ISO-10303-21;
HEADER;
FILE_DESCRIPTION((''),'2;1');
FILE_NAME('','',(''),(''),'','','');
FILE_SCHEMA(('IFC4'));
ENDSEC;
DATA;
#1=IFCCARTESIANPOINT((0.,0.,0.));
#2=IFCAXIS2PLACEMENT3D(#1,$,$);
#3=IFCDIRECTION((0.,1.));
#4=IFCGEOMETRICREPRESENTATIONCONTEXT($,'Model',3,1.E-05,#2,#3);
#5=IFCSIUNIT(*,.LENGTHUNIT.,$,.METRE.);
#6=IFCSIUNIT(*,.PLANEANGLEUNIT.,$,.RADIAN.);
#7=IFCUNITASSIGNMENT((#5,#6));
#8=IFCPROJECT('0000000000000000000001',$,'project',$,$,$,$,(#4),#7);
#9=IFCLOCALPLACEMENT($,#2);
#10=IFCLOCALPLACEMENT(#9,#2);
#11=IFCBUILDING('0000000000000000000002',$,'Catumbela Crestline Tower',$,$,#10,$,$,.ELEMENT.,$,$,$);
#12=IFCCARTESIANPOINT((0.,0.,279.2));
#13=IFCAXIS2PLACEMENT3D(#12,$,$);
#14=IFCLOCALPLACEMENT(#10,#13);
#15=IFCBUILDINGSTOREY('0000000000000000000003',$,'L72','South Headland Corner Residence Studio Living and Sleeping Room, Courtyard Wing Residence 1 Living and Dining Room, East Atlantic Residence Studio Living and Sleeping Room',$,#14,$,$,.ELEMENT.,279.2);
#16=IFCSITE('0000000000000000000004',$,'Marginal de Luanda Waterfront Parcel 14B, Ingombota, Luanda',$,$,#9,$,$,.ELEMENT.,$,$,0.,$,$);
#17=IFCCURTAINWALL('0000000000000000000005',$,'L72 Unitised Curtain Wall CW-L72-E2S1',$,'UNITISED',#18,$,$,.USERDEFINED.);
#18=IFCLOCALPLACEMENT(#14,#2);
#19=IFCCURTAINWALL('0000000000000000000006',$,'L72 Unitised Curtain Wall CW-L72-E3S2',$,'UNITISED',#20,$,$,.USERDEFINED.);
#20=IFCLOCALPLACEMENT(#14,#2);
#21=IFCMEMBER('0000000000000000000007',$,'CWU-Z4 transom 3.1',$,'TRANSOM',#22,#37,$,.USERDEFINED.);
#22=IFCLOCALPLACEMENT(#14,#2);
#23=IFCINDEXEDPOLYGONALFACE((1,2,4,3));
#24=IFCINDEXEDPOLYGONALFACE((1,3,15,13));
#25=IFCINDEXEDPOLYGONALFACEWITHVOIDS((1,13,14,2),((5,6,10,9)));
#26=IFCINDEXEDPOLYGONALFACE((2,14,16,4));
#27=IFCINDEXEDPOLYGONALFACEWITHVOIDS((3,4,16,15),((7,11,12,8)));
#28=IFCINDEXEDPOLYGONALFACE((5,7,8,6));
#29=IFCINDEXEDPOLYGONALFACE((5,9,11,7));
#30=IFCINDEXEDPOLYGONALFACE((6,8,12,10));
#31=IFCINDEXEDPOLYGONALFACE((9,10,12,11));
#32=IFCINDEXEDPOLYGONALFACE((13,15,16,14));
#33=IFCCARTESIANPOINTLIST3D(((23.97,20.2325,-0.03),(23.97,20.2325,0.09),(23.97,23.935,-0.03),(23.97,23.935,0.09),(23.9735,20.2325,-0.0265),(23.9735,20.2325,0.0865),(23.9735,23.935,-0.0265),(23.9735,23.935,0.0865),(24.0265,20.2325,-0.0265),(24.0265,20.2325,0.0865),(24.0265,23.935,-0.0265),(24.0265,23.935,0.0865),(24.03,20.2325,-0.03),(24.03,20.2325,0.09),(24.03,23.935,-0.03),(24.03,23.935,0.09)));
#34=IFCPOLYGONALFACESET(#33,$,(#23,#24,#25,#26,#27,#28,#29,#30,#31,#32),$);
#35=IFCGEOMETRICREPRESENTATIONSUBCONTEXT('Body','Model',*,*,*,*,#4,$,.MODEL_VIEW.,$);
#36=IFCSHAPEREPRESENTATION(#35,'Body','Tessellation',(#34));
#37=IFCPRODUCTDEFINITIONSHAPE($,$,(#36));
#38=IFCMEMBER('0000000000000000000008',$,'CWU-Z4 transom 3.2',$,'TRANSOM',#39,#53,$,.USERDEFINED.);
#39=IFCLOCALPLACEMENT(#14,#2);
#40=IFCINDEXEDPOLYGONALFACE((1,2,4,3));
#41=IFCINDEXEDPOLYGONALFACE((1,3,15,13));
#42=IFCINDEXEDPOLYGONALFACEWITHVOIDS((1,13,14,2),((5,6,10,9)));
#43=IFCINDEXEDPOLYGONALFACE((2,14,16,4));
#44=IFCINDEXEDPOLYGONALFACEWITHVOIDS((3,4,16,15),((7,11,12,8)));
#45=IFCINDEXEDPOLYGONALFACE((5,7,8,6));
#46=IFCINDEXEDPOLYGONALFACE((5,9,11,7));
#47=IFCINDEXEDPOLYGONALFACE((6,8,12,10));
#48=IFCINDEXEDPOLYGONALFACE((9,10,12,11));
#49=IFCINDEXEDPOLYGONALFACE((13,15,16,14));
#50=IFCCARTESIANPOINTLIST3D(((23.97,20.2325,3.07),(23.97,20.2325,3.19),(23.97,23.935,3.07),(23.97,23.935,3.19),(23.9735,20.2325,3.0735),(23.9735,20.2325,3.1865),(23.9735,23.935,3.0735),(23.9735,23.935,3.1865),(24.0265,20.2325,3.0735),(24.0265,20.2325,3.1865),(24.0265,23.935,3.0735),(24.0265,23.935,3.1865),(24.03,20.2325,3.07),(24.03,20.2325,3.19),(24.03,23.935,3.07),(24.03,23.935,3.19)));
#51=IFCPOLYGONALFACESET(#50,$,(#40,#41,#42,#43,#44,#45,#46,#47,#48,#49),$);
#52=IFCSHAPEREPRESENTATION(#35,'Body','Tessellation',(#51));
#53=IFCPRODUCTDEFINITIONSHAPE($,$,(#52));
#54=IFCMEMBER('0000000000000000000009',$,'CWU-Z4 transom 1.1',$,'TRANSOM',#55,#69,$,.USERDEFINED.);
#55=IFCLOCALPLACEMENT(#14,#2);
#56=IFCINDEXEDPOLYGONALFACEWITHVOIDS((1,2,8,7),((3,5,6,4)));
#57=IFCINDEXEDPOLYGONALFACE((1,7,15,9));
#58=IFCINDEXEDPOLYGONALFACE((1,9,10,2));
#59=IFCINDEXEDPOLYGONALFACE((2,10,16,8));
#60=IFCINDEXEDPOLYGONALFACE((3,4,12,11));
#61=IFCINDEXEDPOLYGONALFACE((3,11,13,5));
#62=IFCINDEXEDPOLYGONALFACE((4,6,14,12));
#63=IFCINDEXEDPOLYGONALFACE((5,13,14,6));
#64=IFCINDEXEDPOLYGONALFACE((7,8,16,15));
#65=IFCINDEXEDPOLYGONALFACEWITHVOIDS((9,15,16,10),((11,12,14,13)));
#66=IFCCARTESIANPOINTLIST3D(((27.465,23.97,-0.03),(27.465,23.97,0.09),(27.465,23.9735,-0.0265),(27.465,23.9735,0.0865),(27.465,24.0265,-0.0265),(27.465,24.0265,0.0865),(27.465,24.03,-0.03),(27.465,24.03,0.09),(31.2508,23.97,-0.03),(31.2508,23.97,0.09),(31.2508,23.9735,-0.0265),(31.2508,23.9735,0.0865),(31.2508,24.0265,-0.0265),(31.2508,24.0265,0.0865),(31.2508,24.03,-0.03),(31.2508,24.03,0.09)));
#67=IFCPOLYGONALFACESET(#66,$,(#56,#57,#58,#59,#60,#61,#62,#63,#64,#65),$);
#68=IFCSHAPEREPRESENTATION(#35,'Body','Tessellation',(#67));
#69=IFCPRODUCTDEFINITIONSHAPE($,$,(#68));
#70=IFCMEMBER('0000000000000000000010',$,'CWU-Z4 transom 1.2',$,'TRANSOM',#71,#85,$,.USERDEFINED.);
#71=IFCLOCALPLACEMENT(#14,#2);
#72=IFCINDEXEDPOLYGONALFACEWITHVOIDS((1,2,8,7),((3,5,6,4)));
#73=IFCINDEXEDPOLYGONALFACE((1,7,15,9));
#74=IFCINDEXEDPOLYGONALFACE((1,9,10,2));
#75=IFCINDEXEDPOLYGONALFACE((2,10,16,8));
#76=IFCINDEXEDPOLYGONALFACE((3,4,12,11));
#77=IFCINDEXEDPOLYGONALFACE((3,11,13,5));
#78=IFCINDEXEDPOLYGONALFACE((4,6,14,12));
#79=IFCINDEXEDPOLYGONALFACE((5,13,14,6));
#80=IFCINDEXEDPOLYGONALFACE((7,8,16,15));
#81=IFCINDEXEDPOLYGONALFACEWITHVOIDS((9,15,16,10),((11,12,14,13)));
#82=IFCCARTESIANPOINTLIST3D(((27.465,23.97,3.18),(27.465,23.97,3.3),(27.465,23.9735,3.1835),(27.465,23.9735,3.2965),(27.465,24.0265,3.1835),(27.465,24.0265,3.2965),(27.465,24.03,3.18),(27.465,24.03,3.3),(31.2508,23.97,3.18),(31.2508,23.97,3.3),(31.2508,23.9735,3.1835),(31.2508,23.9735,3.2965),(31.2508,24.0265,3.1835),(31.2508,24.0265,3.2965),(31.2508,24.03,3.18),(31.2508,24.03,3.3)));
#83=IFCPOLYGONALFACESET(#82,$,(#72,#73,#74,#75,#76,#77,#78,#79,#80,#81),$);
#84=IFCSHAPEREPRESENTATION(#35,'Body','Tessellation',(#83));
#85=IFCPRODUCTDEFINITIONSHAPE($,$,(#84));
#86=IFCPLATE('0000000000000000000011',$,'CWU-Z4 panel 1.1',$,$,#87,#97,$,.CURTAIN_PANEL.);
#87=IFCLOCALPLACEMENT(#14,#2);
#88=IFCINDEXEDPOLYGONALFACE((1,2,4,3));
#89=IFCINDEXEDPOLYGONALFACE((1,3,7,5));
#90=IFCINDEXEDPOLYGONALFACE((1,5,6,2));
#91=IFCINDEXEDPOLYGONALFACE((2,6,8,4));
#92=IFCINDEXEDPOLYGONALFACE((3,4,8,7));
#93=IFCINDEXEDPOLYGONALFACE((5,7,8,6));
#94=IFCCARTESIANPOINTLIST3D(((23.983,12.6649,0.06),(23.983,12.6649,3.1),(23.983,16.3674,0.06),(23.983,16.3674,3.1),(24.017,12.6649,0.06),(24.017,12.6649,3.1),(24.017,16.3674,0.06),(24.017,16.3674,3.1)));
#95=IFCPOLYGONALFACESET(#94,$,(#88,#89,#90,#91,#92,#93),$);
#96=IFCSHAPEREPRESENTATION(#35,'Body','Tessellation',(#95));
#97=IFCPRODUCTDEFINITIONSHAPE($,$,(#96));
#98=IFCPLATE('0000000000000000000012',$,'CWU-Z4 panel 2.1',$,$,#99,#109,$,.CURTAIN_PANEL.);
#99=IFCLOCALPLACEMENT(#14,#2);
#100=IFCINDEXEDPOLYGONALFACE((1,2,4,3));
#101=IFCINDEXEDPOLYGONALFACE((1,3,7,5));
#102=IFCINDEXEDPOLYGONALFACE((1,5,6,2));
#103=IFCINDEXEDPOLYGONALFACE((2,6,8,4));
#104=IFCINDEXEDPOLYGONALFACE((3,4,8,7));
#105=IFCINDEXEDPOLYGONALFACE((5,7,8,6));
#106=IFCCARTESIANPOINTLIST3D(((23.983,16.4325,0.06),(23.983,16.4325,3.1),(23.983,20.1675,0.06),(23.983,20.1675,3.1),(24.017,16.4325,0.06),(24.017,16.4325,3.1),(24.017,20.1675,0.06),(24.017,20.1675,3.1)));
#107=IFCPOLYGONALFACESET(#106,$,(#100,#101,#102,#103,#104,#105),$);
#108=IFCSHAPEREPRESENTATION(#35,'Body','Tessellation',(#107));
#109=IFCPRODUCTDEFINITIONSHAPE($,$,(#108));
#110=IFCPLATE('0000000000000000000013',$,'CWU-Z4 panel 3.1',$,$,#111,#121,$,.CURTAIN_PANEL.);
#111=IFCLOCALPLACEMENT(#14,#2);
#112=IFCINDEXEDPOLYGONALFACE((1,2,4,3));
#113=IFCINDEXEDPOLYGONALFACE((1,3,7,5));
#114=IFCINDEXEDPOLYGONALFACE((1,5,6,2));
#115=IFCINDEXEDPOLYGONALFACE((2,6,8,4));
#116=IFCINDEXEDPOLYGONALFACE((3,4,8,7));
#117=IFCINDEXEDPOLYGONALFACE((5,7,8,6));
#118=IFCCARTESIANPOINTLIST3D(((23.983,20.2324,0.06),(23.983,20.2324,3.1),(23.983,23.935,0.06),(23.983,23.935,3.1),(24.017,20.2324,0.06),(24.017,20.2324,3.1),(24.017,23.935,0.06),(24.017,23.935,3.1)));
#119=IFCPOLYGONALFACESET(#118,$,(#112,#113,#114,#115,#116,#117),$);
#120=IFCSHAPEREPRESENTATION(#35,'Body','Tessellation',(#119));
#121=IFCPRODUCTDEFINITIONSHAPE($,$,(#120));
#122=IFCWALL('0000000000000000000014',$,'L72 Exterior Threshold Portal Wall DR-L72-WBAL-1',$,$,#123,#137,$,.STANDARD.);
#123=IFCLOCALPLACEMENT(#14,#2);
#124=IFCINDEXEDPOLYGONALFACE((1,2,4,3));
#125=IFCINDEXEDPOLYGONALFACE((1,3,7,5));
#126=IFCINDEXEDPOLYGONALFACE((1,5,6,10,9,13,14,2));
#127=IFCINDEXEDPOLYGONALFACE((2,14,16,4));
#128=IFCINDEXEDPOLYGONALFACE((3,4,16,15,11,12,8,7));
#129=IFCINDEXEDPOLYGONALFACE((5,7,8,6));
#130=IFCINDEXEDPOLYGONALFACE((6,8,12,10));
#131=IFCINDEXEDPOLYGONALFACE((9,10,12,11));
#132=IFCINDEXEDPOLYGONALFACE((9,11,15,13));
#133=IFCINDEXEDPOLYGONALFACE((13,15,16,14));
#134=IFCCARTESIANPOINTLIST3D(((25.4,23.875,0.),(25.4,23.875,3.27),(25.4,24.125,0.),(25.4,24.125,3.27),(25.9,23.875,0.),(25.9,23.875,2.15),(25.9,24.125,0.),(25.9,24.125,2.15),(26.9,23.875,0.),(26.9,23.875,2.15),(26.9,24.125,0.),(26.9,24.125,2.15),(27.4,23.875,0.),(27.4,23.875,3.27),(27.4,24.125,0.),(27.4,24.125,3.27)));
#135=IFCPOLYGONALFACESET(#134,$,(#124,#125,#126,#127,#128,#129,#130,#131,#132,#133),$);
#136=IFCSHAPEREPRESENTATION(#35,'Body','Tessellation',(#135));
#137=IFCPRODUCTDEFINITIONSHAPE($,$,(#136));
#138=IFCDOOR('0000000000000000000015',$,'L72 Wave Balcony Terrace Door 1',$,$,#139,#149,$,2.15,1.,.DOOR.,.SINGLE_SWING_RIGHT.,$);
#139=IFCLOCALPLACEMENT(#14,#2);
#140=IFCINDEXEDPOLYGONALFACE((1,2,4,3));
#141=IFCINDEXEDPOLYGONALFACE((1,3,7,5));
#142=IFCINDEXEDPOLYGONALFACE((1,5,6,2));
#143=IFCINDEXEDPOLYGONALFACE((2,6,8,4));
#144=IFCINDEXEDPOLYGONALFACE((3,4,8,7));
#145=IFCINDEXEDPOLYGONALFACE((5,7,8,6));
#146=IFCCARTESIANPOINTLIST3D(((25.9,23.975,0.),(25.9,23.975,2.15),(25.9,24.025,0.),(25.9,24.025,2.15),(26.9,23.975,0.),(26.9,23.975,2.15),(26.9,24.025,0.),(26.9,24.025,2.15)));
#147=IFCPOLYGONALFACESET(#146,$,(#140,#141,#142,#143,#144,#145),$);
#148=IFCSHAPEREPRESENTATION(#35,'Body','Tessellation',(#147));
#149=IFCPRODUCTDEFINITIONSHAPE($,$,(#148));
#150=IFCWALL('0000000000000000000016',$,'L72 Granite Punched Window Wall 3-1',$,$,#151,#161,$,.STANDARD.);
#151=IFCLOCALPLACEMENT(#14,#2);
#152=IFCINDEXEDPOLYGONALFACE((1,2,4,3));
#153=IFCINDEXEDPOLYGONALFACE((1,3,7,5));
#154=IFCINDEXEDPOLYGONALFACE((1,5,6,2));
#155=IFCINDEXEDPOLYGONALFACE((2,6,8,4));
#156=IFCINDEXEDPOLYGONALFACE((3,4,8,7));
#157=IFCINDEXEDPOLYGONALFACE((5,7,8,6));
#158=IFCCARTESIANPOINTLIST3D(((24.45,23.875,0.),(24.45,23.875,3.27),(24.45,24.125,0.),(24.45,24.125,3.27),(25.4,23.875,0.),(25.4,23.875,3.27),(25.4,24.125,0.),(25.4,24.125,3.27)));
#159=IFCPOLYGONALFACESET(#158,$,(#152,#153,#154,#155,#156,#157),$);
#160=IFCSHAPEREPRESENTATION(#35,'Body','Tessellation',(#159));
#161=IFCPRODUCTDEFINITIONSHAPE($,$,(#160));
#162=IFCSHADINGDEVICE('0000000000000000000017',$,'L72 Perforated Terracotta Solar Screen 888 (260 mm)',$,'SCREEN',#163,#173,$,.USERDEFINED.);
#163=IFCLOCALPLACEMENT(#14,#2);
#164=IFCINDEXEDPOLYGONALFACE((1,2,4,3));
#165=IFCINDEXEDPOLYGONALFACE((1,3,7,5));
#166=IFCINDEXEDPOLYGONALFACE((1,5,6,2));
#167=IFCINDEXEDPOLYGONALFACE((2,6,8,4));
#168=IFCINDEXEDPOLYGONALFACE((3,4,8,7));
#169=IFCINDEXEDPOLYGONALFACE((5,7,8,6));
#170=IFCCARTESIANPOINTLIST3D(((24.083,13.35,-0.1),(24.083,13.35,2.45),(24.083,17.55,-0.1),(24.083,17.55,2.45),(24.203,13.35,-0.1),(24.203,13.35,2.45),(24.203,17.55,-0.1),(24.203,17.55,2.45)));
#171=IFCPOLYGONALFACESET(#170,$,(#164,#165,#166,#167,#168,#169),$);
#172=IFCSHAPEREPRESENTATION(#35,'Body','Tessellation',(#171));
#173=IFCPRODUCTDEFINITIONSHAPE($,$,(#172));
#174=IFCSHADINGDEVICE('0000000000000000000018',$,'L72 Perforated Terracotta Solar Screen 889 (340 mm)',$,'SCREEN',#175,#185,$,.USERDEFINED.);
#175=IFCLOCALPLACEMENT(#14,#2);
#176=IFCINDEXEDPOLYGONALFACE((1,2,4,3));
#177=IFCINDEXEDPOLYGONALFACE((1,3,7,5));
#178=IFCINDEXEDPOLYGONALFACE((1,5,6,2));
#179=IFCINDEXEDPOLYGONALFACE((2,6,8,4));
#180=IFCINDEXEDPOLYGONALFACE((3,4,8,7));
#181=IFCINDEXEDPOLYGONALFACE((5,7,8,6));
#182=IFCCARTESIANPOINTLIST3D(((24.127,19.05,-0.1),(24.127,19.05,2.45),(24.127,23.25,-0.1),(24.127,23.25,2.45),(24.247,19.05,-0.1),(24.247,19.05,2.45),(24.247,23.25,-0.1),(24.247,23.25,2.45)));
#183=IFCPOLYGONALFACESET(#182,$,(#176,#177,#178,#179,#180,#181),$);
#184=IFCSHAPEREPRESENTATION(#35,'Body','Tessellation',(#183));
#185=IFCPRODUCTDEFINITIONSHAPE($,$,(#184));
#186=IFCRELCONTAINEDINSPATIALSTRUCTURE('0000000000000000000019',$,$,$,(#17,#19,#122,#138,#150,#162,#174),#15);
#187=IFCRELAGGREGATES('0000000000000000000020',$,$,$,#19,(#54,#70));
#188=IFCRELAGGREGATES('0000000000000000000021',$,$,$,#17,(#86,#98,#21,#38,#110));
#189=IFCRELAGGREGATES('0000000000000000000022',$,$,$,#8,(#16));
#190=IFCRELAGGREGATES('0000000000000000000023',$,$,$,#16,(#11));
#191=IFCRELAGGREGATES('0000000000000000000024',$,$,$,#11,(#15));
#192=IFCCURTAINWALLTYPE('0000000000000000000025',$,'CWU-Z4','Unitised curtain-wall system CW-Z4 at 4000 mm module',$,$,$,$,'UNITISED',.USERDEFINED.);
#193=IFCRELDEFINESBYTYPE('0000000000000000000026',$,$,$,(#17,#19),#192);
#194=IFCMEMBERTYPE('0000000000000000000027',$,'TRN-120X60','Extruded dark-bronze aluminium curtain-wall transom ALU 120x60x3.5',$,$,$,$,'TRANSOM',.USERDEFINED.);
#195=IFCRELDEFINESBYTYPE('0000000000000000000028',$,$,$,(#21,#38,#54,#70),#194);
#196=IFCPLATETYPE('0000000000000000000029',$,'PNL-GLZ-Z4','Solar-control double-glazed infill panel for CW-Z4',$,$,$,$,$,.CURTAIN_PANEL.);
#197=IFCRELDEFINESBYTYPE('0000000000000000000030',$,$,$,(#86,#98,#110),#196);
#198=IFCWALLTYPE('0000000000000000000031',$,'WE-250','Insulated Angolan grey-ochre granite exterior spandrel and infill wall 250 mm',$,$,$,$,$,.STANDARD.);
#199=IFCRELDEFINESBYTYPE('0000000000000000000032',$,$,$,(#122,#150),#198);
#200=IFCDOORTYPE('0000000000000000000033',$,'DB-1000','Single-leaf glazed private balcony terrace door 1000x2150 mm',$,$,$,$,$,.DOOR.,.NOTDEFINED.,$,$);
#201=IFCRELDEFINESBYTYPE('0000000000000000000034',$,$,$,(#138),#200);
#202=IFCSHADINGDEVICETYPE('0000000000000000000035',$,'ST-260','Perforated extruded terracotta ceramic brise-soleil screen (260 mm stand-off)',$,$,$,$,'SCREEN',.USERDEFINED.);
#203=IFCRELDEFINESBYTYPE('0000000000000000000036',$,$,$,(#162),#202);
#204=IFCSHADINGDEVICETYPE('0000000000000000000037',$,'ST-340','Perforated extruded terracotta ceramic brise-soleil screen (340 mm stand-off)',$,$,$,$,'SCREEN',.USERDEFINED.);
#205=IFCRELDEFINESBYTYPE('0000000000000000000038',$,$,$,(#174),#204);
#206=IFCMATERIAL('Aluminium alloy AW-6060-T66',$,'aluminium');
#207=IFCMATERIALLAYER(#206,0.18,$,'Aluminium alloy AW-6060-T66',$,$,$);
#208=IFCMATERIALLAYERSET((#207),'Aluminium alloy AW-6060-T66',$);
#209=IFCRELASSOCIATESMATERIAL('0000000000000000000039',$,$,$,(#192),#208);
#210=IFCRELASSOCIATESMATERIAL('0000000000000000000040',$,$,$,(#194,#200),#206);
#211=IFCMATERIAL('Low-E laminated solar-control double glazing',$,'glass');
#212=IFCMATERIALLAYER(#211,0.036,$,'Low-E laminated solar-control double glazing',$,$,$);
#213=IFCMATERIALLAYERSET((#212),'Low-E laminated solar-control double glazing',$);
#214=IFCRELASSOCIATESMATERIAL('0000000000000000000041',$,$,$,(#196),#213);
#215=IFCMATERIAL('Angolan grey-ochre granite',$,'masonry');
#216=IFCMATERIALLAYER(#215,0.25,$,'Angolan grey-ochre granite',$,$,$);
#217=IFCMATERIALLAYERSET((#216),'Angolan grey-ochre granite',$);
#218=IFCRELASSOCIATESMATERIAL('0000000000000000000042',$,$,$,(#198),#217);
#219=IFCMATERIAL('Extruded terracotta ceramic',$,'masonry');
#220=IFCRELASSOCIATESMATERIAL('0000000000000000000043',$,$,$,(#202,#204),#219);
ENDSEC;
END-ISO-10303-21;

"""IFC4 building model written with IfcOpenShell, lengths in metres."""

from ifc_helpers import new_model, si_unit, direction, frame, frame_2d, origin, origin_2d, place, context, subcontext, project, spatial, rectangle, hollow_rectangle, extrude, material, layer, layer_set, material_profile, profile_set, type_object, element, fill, aggregate, save


model = new_model("IFC4")

# Units and contexts
model_context = context("Model", 3, precision=1e-05, world=origin(), true_north=direction((0.0, 1.0)))
body_context = subcontext(model_context, "Body", "Model", "MODEL_VIEW")
ifc_project = project(units=[si_unit("LENGTHUNIT", "METRE"), si_unit("PLANEANGLEUNIT", "RADIAN")], contexts=[model_context])

# Site, building, storey
site_placement = place(None, origin())
site = spatial("IfcSite", under=ifc_project, at=site_placement, Name="Marginal de Luanda Waterfront Parcel 14B, Ingombota, Luanda", CompositionType="ELEMENT", RefElevation=0.0)
building_placement = place(site_placement, origin())
building = spatial("IfcBuilding", under=site, at=building_placement, Name="Catumbela Crestline Tower", CompositionType="ELEMENT")
storey_placement = place(building_placement, frame((0.0, 0.0, 279.2)))
storey = spatial("IfcBuildingStorey", under=building, at=storey_placement, Name="L72", Description="South Headland Corner Residence Studio Living and Sleeping Room, Courtyard Wing Residence 1 Living and Dining Room, East Atlantic Residence Studio Living and Sleeping Room", CompositionType="ELEMENT", Elevation=279.2)

# Curtain wall
ifc_material_1 = material(Name="Aluminium alloy AW-6060-T66", Category="aluminium")
ifc_layer_1 = layer(ifc_material_1, 0.18, Name="Aluminium alloy AW-6060-T66")
ifc_layer_set_1 = layer_set([ifc_layer_1], Name="Aluminium alloy AW-6060-T66")
curtain_wall_type = type_object("IfcCurtainWallType", Name="CWU-Z4", Description="Unitised curtain-wall system CW-Z4 at 4000 mm module", ElementType="UNITISED", PredefinedType="USERDEFINED", material=ifc_layer_set_1)
curtain_wall_1_placement = place(storey_placement, origin())
curtain_wall_1 = element("IfcCurtainWall", 1, at=curtain_wall_1_placement, inside=storey, type_object=curtain_wall_type, Name="L72 Unitised Curtain Wall CW-L72-E2S1", ObjectType="UNITISED", PredefinedType="USERDEFINED")

# Curtain wall
curtain_wall_2_placement = place(storey_placement, origin())
curtain_wall_2 = element("IfcCurtainWall", 2, at=curtain_wall_2_placement, inside=storey, type_object=curtain_wall_type, Name="L72 Unitised Curtain Wall CW-L72-E3S2", ObjectType="UNITISED", PredefinedType="USERDEFINED")

# Members
ifc_material_profile_1 = material_profile(ifc_material_1, hollow_rectangle(XDim=0.06, YDim=0.12, WallThickness=0.0035, at=origin_2d()), Name="ALU 120x60x3.5")
ifc_profile_set_1 = profile_set([ifc_material_profile_1], Name="Aluminium alloy AW-6060-T66")
member_type_1 = type_object("IfcMemberType", Name="TRN-120X60", Description="Extruded dark-bronze aluminium curtain-wall transom ALU 120x60x3.5", ElementType="TRANSOM", PredefinedType="USERDEFINED", material=ifc_profile_set_1)
member_1_placement = place(storey_placement, frame((24.0, 20.2325, 0.03), z_axis=(0.0, 1.0, 0.0), x_axis=(-1.0, 0.0, 0.0)))
member_1 = element("IfcMember", 3, at=member_1_placement, type_object=member_type_1, Name="CWU-Z4 transom 3.1", ObjectType="TRANSOM", PredefinedType="USERDEFINED", context=body_context, shape_type="SweptSolid", body=[
    extrude(hollow_rectangle(XDim=0.06, YDim=0.12, WallThickness=0.0035, at=origin_2d()), origin(), (0.0, 0.0, 1.0), 3.7025),
])
member_2_placement = place(storey_placement, frame((24.0, 20.2325, 3.13), z_axis=(0.0, 1.0, 0.0), x_axis=(-1.0, 0.0, 0.0)))
member_2 = element("IfcMember", 4, at=member_2_placement, type_object=member_type_1, Name="CWU-Z4 transom 3.2", ObjectType="TRANSOM", PredefinedType="USERDEFINED", context=body_context, shape_type="SweptSolid", body=[
    extrude(hollow_rectangle(XDim=0.06, YDim=0.12, WallThickness=0.0035, at=origin_2d()), origin(), (0.0, 0.0, 1.0), 3.7025),
])
member_3_placement = place(storey_placement, frame((27.465, 24.0, 0.03), z_axis=(1.0, 0.0, 0.0), x_axis=(0.0, 1.0, 0.0)))
member_3 = element("IfcMember", 5, at=member_3_placement, type_object=member_type_1, Name="CWU-Z4 transom 1.1", ObjectType="TRANSOM", PredefinedType="USERDEFINED", context=body_context, shape_type="SweptSolid", body=[
    extrude(hollow_rectangle(XDim=0.06, YDim=0.12, WallThickness=0.0035, at=origin_2d()), origin(), (0.0, 0.0, 1.0), 3.7858),
])
member_4_placement = place(storey_placement, frame((27.465, 24.0, 3.24), z_axis=(1.0, 0.0, 0.0), x_axis=(0.0, 1.0, 0.0)))
member_4 = element("IfcMember", 6, at=member_4_placement, type_object=member_type_1, Name="CWU-Z4 transom 1.2", ObjectType="TRANSOM", PredefinedType="USERDEFINED", context=body_context, shape_type="SweptSolid", body=[
    extrude(hollow_rectangle(XDim=0.06, YDim=0.12, WallThickness=0.0035, at=origin_2d()), origin(), (0.0, 0.0, 1.0), 3.7858),
])
aggregate(curtain_wall_2, [member_3, member_4])

# Plates
ifc_material_2 = material(Name="Low-E laminated solar-control double glazing", Category="glass")
ifc_layer_2 = layer(ifc_material_2, 0.036, Name="Low-E laminated solar-control double glazing")
ifc_layer_set_2 = layer_set([ifc_layer_2], Name="Low-E laminated solar-control double glazing")
plate_type = type_object("IfcPlateType", Name="PNL-GLZ-Z4", Description="Solar-control double-glazed infill panel for CW-Z4", PredefinedType="CURTAIN_PANEL", material=ifc_layer_set_2)
plate_1_placement = place(storey_placement, frame((24.0, 14.5162, 0.06), z_axis=(0.0, 0.0, 1.0), x_axis=(0.0, 1.0, 0.0)))
plate_1 = element("IfcPlate", 7, at=plate_1_placement, type_object=plate_type, Name="CWU-Z4 panel 1.1", PredefinedType="CURTAIN_PANEL", context=body_context, shape_type="SweptSolid", body=[
    extrude(rectangle(XDim=3.7025, YDim=0.034, at=origin_2d()), origin(), (0.0, 0.0, 1.0), 3.04),
])
plate_2_placement = place(storey_placement, frame((24.0, 18.3, 0.06), z_axis=(0.0, 0.0, 1.0), x_axis=(0.0, 1.0, 0.0)))
plate_2 = element("IfcPlate", 8, at=plate_2_placement, type_object=plate_type, Name="CWU-Z4 panel 2.1", PredefinedType="CURTAIN_PANEL", context=body_context, shape_type="SweptSolid", body=[
    extrude(rectangle(XDim=3.735, YDim=0.034, at=origin_2d()), origin(), (0.0, 0.0, 1.0), 3.04),
])
plate_3_placement = place(storey_placement, frame((24.0, 22.0837, 0.06), z_axis=(0.0, 0.0, 1.0), x_axis=(0.0, 1.0, 0.0)))
plate_3 = element("IfcPlate", 9, at=plate_3_placement, type_object=plate_type, Name="CWU-Z4 panel 3.1", PredefinedType="CURTAIN_PANEL", context=body_context, shape_type="SweptSolid", body=[
    extrude(rectangle(XDim=3.7025, YDim=0.034, at=origin_2d()), origin(), (0.0, 0.0, 1.0), 3.04),
])
aggregate(curtain_wall_1, [plate_1, plate_2, member_1, member_2, plate_3])

# Wall, opening, door
ifc_material_3 = material(Name="Angolan grey-ochre granite", Category="masonry")
ifc_layer_3 = layer(ifc_material_3, 0.25, Name="Angolan grey-ochre granite")
ifc_layer_set_3 = layer_set([ifc_layer_3], Name="Angolan grey-ochre granite")
wall_type = type_object("IfcWallType", Name="WE-250", Description="Insulated Angolan grey-ochre granite exterior spandrel and infill wall 250 mm", PredefinedType="STANDARD", material=ifc_layer_set_3)
wall_1_placement = place(storey_placement, frame((25.4, 24.0, 0.0), z_axis=(0.0, 0.0, 1.0), x_axis=(1.0, 0.0, 0.0)))
wall_1 = element("IfcWall", 10, at=wall_1_placement, inside=storey, type_object=wall_type, Name="L72 Exterior Threshold Portal Wall DR-L72-WBAL-1", PredefinedType="STANDARD", context=body_context, shape_type="SweptSolid", body=[
    extrude(rectangle(XDim=2.0, YDim=0.25, at=frame_2d((1.0, 0.0))), origin(), (0.0, 0.0, 1.0), 3.27),
])
opening_placement = place(wall_1_placement, frame((0.5, 0.0, 0.0)))
opening = element("IfcOpeningElement", 11, at=opening_placement, cuts=wall_1, PredefinedType="OPENING", context=body_context, shape_type="SweptSolid", body=[
    extrude(rectangle(XDim=1.0, YDim=2.15, at=frame_2d((0.5, 1.075))), frame((0.0, 0.135, 0.0), z_axis=(0.0, -1.0, 0.0), x_axis=(1.0, 0.0, 0.0)), (0.0, 0.0, 1.0), 0.27),
])
door_type = type_object("IfcDoorType", Name="DB-1000", Description="Single-leaf glazed private balcony terrace door 1000x2150 mm", OperationType="NOTDEFINED", PredefinedType="DOOR", material=ifc_material_1)
door_placement = place(opening_placement, origin())
door = element("IfcDoor", 12, at=door_placement, inside=storey, type_object=door_type, Name="L72 Wave Balcony Terrace Door 1", OperationType="SINGLE_SWING_RIGHT", OverallHeight=2.15, OverallWidth=1.0, PredefinedType="DOOR", context=body_context, shape_type="SweptSolid", body=[
    extrude(rectangle(XDim=1.0, YDim=2.15, at=frame_2d((0.5, 1.075))), frame((0.0, 0.025, 0.0), z_axis=(0.0, -1.0, 0.0), x_axis=(1.0, 0.0, 0.0)), (0.0, 0.0, 1.0), 0.05),
])
fill(opening, door)

# Wall
wall_2_placement = place(storey_placement, frame((24.45, 24.0, 0.0), z_axis=(0.0, 0.0, 1.0), x_axis=(1.0, 0.0, 0.0)))
element("IfcWall", 13, at=wall_2_placement, inside=storey, type_object=wall_type, Name="L72 Granite Punched Window Wall 3-1", PredefinedType="STANDARD", context=body_context, shape_type="SweptSolid", body=[
    extrude(rectangle(XDim=0.95, YDim=0.25, at=frame_2d((0.475, 0.0))), origin(), (0.0, 0.0, 1.0), 3.27),
])

# Shading devices
ifc_material_4 = material(Name="Extruded terracotta ceramic", Category="masonry")
shading_device_type_1 = type_object("IfcShadingDeviceType", Name="ST-260", Description="Perforated extruded terracotta ceramic brise-soleil screen (260 mm stand-off)", ElementType="SCREEN", PredefinedType="USERDEFINED", material=ifc_material_4)
shading_device_1_placement = place(storey_placement, frame((24.143, 15.45, -0.1), z_axis=(0.0, 0.0, 1.0), x_axis=(0.0, 1.0, 0.0)))
element("IfcShadingDevice", 14, at=shading_device_1_placement, inside=storey, type_object=shading_device_type_1, Name="L72 Perforated Terracotta Solar Screen 888 (260 mm)", ObjectType="SCREEN", PredefinedType="USERDEFINED", context=body_context, shape_type="SweptSolid", body=[
    extrude(rectangle(XDim=4.2, YDim=0.12, at=origin_2d()), origin(), (0.0, 0.0, 1.0), 2.55),
])
shading_device_type_2 = type_object("IfcShadingDeviceType", Name="ST-340", Description="Perforated extruded terracotta ceramic brise-soleil screen (340 mm stand-off)", ElementType="SCREEN", PredefinedType="USERDEFINED", material=ifc_material_4)
shading_device_2_placement = place(storey_placement, frame((24.187, 21.15, -0.1), z_axis=(0.0, 0.0, 1.0), x_axis=(0.0, 1.0, 0.0)))
element("IfcShadingDevice", 15, at=shading_device_2_placement, inside=storey, type_object=shading_device_type_2, Name="L72 Perforated Terracotta Solar Screen 889 (340 mm)", ObjectType="SCREEN", PredefinedType="USERDEFINED", context=body_context, shape_type="SweptSolid", body=[
    extrude(rectangle(XDim=4.2, YDim=0.12, at=origin_2d()), origin(), (0.0, 0.0, 1.0), 2.55),
])

save(model, "model.ifc")
